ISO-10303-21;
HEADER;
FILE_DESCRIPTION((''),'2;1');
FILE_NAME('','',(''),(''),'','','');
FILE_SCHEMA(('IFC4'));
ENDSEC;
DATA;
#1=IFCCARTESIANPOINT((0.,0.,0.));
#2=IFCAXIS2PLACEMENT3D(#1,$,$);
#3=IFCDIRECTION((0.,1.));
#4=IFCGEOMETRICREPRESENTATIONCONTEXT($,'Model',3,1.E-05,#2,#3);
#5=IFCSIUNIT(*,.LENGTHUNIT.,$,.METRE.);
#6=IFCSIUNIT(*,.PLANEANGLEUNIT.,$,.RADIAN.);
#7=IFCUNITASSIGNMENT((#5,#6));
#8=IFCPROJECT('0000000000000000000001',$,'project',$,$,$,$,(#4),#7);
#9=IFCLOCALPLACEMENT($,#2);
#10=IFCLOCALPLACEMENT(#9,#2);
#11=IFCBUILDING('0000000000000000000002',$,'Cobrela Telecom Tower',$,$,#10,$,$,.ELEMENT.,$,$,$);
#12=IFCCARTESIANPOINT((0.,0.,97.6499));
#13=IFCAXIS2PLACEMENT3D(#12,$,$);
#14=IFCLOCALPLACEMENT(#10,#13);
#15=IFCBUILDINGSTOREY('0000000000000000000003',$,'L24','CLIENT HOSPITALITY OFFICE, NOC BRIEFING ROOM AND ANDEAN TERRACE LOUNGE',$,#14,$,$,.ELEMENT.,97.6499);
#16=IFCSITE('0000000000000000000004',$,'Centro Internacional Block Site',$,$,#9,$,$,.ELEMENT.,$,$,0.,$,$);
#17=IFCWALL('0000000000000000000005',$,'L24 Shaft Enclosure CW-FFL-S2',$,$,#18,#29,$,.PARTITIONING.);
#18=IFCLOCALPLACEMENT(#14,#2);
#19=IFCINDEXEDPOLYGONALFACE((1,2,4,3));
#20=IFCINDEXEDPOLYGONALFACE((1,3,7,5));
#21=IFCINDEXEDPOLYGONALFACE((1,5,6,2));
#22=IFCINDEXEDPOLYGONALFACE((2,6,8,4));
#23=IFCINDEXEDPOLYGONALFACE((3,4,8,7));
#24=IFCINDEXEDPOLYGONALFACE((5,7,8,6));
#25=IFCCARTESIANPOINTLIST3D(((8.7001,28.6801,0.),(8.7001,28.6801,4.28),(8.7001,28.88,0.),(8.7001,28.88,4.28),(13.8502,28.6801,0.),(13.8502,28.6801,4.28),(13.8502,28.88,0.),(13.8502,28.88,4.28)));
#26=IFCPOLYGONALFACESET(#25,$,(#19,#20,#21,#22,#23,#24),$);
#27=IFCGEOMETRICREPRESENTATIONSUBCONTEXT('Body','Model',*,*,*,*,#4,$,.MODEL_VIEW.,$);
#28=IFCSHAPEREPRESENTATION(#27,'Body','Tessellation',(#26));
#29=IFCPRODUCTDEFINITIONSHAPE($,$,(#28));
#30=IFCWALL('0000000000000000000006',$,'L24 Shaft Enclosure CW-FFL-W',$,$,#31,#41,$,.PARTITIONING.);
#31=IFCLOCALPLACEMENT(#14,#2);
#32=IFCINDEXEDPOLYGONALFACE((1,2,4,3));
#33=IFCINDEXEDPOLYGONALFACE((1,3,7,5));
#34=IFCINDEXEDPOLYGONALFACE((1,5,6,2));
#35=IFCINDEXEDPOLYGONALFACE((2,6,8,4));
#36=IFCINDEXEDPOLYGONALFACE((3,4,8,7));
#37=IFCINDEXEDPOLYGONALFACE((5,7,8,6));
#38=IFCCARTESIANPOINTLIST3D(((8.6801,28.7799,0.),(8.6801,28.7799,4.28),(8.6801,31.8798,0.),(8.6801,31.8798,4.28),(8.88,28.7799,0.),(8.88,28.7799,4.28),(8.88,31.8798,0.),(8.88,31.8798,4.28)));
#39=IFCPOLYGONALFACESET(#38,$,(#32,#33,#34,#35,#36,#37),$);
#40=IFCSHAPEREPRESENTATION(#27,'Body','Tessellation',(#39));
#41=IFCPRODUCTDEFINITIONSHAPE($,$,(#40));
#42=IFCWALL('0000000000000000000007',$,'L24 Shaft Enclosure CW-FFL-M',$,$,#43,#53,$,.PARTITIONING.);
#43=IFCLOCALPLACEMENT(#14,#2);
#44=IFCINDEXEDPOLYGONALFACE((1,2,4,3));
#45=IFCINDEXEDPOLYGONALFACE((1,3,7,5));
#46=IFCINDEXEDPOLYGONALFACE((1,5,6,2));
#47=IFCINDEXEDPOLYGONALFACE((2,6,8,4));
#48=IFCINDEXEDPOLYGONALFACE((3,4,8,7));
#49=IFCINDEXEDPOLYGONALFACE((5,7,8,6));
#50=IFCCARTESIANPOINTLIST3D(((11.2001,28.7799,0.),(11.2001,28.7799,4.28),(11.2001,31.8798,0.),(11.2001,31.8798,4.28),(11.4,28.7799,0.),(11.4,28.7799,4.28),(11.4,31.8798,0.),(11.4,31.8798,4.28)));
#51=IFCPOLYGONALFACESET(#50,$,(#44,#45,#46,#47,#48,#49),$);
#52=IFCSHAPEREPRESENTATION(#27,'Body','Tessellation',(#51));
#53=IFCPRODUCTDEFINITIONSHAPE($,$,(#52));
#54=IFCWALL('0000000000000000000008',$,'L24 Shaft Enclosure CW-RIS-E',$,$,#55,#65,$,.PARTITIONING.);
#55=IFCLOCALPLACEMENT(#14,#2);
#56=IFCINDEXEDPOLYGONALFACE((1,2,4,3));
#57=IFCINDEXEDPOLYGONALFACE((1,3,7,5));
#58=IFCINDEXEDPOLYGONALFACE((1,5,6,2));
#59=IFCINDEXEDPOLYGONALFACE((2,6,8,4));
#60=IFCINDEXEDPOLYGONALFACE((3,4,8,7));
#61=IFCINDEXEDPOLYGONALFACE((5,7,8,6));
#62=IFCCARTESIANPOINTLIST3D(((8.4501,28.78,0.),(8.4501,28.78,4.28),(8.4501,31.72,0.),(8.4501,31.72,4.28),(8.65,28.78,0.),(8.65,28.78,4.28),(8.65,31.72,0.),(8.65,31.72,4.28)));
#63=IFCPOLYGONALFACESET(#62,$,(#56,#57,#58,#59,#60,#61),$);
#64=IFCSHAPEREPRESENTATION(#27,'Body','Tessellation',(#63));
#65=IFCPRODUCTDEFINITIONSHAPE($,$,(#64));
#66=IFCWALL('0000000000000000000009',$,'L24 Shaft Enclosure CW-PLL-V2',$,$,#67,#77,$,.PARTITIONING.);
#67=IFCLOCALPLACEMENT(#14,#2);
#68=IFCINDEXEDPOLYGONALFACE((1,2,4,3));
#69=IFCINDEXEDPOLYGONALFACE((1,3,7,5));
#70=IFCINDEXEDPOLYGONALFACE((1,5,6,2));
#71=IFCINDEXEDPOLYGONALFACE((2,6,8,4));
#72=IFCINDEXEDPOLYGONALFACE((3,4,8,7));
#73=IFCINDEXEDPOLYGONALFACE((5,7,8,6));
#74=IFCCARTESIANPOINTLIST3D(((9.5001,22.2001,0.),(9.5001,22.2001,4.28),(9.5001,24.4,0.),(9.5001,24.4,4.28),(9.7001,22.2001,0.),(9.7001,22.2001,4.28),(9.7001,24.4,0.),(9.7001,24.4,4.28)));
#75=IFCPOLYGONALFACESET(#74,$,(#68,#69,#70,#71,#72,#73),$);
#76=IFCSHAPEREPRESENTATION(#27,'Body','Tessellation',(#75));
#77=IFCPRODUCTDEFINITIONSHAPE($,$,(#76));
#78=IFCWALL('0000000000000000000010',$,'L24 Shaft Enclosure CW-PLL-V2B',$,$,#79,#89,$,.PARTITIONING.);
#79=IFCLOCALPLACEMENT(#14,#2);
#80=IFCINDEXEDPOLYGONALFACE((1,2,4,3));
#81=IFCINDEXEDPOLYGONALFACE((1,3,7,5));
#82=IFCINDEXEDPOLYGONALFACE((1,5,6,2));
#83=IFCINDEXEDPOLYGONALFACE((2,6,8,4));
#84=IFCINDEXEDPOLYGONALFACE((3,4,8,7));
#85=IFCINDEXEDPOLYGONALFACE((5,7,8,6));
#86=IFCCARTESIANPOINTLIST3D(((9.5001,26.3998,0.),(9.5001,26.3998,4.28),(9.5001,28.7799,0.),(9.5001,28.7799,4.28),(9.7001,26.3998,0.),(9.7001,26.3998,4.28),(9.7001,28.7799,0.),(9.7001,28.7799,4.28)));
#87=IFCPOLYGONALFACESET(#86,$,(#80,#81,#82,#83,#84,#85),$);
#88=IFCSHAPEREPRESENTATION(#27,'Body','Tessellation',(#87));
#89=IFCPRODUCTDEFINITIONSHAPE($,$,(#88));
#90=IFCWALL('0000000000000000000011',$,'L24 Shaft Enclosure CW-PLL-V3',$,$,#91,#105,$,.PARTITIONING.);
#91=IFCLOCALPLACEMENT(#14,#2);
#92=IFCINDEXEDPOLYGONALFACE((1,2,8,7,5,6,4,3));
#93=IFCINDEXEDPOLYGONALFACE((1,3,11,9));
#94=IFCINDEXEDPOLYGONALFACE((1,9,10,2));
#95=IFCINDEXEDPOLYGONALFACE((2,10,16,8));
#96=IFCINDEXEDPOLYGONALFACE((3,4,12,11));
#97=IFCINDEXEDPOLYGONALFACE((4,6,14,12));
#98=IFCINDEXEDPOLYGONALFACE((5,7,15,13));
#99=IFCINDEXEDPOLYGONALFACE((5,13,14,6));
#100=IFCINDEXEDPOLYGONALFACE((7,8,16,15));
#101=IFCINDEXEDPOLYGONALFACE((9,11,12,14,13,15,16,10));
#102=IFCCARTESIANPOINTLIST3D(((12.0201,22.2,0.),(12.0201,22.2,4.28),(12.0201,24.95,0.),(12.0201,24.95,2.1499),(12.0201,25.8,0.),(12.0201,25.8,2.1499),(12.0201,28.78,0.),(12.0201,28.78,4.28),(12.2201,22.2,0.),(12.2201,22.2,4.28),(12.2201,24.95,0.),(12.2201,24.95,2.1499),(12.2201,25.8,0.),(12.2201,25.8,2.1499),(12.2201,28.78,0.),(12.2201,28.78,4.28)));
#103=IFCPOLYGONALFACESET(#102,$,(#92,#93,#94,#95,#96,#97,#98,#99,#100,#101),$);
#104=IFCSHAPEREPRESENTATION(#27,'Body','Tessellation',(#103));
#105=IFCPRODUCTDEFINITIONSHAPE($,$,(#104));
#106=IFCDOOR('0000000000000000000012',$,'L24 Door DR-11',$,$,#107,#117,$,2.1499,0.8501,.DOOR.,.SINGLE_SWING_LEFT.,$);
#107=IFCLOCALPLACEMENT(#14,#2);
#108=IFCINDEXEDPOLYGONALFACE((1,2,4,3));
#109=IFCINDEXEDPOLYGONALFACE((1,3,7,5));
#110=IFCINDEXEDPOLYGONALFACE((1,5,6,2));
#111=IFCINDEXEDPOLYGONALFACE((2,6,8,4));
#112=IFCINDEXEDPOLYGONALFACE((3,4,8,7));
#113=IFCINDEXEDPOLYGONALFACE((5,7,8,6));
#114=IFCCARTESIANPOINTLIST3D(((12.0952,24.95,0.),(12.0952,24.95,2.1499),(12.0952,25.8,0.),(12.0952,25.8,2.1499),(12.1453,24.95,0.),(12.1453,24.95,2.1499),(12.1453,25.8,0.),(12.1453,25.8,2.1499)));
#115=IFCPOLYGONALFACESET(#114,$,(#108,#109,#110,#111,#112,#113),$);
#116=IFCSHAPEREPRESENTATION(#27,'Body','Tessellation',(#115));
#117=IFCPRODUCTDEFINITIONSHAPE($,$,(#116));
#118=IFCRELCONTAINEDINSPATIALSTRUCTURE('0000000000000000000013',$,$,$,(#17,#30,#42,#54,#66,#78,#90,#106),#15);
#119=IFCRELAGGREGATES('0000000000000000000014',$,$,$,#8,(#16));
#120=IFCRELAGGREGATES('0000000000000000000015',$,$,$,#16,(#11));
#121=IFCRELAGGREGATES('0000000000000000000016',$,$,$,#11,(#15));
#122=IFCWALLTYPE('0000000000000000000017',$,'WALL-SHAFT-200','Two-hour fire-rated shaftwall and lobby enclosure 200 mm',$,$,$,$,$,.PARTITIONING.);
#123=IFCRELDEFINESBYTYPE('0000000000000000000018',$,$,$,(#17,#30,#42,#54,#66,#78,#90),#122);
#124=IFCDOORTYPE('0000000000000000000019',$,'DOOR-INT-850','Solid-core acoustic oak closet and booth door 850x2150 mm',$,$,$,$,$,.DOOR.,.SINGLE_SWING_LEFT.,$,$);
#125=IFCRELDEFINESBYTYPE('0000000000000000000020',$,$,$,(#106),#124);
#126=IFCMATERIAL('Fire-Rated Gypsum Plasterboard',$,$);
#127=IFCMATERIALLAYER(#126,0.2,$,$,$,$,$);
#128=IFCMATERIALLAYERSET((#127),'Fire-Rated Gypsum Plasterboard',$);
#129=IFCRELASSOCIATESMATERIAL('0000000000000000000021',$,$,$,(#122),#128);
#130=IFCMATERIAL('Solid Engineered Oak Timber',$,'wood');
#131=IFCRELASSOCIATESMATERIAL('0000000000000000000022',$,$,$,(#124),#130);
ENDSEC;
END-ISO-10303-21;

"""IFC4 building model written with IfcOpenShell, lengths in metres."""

from ifc_helpers import new_model, si_unit, direction, frame, frame_2d, origin, place, context, subcontext, project, spatial, rectangle, extrude, material, layer, layer_set, type_object, element, fill, save


model = new_model("IFC4")

# Units and contexts
model_context = context("Model", 3, precision=1e-05, world=origin(), true_north=direction((0.0, 1.0)))
body_context = subcontext(model_context, "Body", "Model", "MODEL_VIEW")
ifc_project = project(units=[si_unit("LENGTHUNIT", "METRE"), si_unit("PLANEANGLEUNIT", "RADIAN")], contexts=[model_context])

# Site, building, storey
site_placement = place(None, origin())
site = spatial("IfcSite", under=ifc_project, at=site_placement, Name="Centro Internacional Block Site", CompositionType="ELEMENT", RefElevation=0.0)
building_placement = place(site_placement, origin())
building = spatial("IfcBuilding", under=site, at=building_placement, Name="Cobrela Telecom Tower", CompositionType="ELEMENT")
storey_placement = place(building_placement, frame((0.0, 0.0, 97.6499)))
storey = spatial("IfcBuildingStorey", under=building, at=storey_placement, Name="L24", Description="CLIENT HOSPITALITY OFFICE, NOC BRIEFING ROOM AND ANDEAN TERRACE LOUNGE", CompositionType="ELEMENT", Elevation=97.6499)

# Shared definitions
ifc_material_1 = material(Name="Fire-Rated Gypsum Plasterboard")
ifc_material_2 = material(Name="Solid Engineered Oak Timber", Category="wood")

# Shared definitions
ifc_layer_1 = layer(ifc_material_1, 0.2)
ifc_layer_set_1 = layer_set([ifc_layer_1], Name="Fire-Rated Gypsum Plasterboard")
wall_type_1 = type_object("IfcWallType", Name="WALL-SHAFT-200", Description="Two-hour fire-rated shaftwall and lobby enclosure 200 mm", PredefinedType="PARTITIONING", material=ifc_layer_set_1)

# Walls
wall_1_placement = place(storey_placement, frame((8.7, 28.78, 0.0), z_axis=(0.0, 0.0, 1.0), x_axis=(1.0, 0.0, 0.0)))
element("IfcWall", 1, at=wall_1_placement, inside=storey, type_object=wall_type_1, Name="L24 Shaft Enclosure CW-FFL-S2", PredefinedType="PARTITIONING", context=body_context, shape_type="SweptSolid", body=[
    extrude(rectangle(XDim=5.1501, YDim=0.2, at=frame_2d((2.5752, 0.0))), origin(), (0.0, 0.0, 1.0), 4.28),
])
for number, where, z_axis, x_axis, name in (
    (2, (8.78, 28.78, 0.0), (0.0, 0.0, 1.0), (0.0, 1.0, 0.0), "L24 Shaft Enclosure CW-FFL-W"),
    (3, (11.3, 28.78, 0.0), (0.0, 0.0, 1.0), (0.0, 1.0, 0.0), "L24 Shaft Enclosure CW-FFL-M"),
):
    element("IfcWall", number, at=place(storey_placement, frame(where, z_axis=z_axis, x_axis=x_axis)), inside=storey, type_object=wall_type_1, Name=name, PredefinedType="PARTITIONING", context=body_context, shape_type="SweptSolid", body=[
        extrude(rectangle(XDim=3.0999, YDim=0.2, at=frame_2d((1.5498, 0.0))), origin(), (0.0, 0.0, 1.0), 4.28),
    ])
wall_2_placement = place(storey_placement, frame((8.55, 28.78, 0.0), z_axis=(0.0, 0.0, 1.0), x_axis=(0.0, 1.0, 0.0)))
element("IfcWall", 4, at=wall_2_placement, inside=storey, type_object=wall_type_1, Name="L24 Shaft Enclosure CW-RIS-E", PredefinedType="PARTITIONING", context=body_context, shape_type="SweptSolid", body=[
    extrude(rectangle(XDim=2.9399, YDim=0.2, at=frame_2d((1.47, 0.0))), origin(), (0.0, 0.0, 1.0), 4.28),
])
wall_3_placement = place(storey_placement, frame((9.6001, 22.2, 0.0), z_axis=(0.0, 0.0, 1.0), x_axis=(0.0, 1.0, 0.0)))
element("IfcWall", 5, at=wall_3_placement, inside=storey, type_object=wall_type_1, Name="L24 Shaft Enclosure CW-PLL-V2", PredefinedType="PARTITIONING", context=body_context, shape_type="SweptSolid", body=[
    extrude(rectangle(XDim=2.2, YDim=0.2, at=frame_2d((1.1001, 0.0))), origin(), (0.0, 0.0, 1.0), 4.28),
])
wall_4_placement = place(storey_placement, frame((9.6001, 26.3999, 0.0), z_axis=(0.0, 0.0, 1.0), x_axis=(0.0, 1.0, 0.0)))
element("IfcWall", 6, at=wall_4_placement, inside=storey, type_object=wall_type_1, Name="L24 Shaft Enclosure CW-PLL-V2B", PredefinedType="PARTITIONING", context=body_context, shape_type="SweptSolid", body=[
    extrude(rectangle(XDim=2.3801, YDim=0.2, at=frame_2d((1.1899, 0.0))), origin(), (0.0, 0.0, 1.0), 4.28),
])

# Wall, opening, door
wall_5_placement = place(storey_placement, frame((12.1201, 22.2, 0.0), z_axis=(0.0, 0.0, 1.0), x_axis=(0.0, 1.0, 0.0)))
wall_5 = element("IfcWall", 7, at=wall_5_placement, inside=storey, type_object=wall_type_1, Name="L24 Shaft Enclosure CW-PLL-V3", PredefinedType="PARTITIONING", context=body_context, shape_type="SweptSolid", body=[
    extrude(rectangle(XDim=6.5801, YDim=0.2, at=frame_2d((3.29, 0.0))), origin(), (0.0, 0.0, 1.0), 4.28),
])
opening_1_placement = place(wall_5_placement, frame((2.75, 0.0, 0.0)))
opening_1 = element("IfcOpeningElement", 8, at=opening_1_placement, cuts=wall_5, PredefinedType="OPENING", context=body_context, shape_type="SweptSolid", body=[
    extrude(rectangle(XDim=0.8501, YDim=2.1499, at=frame_2d((0.425, 1.075))), frame((0.0, 0.1118, 0.0), z_axis=(0.0, -1.0, 0.0), x_axis=(1.0, 0.0, 0.0)), (0.0, 0.0, 1.0), 0.2239),
])
door_type_1 = type_object("IfcDoorType", Name="DOOR-INT-850", Description="Solid-core acoustic oak closet and booth door 850x2150 mm", OperationType="SINGLE_SWING_LEFT", PredefinedType="DOOR", material=ifc_material_2)
door_1_placement = place(opening_1_placement, origin())
door_1 = element("IfcDoor", 9, at=door_1_placement, inside=storey, type_object=door_type_1, Name="L24 Door DR-11", OperationType="SINGLE_SWING_LEFT", OverallHeight=2.1499, OverallWidth=0.8501, PredefinedType="DOOR", context=body_context, shape_type="SweptSolid", body=[
    extrude(rectangle(XDim=0.8501, YDim=2.1499, at=frame_2d((0.425, 1.075))), frame((0.0, 0.0249, 0.0), z_axis=(0.0, -1.0, 0.0), x_axis=(1.0, 0.0, 0.0)), (0.0, 0.0, 1.0), 0.05),
])
fill(opening_1, door_1)

save(model, "model.ifc")
